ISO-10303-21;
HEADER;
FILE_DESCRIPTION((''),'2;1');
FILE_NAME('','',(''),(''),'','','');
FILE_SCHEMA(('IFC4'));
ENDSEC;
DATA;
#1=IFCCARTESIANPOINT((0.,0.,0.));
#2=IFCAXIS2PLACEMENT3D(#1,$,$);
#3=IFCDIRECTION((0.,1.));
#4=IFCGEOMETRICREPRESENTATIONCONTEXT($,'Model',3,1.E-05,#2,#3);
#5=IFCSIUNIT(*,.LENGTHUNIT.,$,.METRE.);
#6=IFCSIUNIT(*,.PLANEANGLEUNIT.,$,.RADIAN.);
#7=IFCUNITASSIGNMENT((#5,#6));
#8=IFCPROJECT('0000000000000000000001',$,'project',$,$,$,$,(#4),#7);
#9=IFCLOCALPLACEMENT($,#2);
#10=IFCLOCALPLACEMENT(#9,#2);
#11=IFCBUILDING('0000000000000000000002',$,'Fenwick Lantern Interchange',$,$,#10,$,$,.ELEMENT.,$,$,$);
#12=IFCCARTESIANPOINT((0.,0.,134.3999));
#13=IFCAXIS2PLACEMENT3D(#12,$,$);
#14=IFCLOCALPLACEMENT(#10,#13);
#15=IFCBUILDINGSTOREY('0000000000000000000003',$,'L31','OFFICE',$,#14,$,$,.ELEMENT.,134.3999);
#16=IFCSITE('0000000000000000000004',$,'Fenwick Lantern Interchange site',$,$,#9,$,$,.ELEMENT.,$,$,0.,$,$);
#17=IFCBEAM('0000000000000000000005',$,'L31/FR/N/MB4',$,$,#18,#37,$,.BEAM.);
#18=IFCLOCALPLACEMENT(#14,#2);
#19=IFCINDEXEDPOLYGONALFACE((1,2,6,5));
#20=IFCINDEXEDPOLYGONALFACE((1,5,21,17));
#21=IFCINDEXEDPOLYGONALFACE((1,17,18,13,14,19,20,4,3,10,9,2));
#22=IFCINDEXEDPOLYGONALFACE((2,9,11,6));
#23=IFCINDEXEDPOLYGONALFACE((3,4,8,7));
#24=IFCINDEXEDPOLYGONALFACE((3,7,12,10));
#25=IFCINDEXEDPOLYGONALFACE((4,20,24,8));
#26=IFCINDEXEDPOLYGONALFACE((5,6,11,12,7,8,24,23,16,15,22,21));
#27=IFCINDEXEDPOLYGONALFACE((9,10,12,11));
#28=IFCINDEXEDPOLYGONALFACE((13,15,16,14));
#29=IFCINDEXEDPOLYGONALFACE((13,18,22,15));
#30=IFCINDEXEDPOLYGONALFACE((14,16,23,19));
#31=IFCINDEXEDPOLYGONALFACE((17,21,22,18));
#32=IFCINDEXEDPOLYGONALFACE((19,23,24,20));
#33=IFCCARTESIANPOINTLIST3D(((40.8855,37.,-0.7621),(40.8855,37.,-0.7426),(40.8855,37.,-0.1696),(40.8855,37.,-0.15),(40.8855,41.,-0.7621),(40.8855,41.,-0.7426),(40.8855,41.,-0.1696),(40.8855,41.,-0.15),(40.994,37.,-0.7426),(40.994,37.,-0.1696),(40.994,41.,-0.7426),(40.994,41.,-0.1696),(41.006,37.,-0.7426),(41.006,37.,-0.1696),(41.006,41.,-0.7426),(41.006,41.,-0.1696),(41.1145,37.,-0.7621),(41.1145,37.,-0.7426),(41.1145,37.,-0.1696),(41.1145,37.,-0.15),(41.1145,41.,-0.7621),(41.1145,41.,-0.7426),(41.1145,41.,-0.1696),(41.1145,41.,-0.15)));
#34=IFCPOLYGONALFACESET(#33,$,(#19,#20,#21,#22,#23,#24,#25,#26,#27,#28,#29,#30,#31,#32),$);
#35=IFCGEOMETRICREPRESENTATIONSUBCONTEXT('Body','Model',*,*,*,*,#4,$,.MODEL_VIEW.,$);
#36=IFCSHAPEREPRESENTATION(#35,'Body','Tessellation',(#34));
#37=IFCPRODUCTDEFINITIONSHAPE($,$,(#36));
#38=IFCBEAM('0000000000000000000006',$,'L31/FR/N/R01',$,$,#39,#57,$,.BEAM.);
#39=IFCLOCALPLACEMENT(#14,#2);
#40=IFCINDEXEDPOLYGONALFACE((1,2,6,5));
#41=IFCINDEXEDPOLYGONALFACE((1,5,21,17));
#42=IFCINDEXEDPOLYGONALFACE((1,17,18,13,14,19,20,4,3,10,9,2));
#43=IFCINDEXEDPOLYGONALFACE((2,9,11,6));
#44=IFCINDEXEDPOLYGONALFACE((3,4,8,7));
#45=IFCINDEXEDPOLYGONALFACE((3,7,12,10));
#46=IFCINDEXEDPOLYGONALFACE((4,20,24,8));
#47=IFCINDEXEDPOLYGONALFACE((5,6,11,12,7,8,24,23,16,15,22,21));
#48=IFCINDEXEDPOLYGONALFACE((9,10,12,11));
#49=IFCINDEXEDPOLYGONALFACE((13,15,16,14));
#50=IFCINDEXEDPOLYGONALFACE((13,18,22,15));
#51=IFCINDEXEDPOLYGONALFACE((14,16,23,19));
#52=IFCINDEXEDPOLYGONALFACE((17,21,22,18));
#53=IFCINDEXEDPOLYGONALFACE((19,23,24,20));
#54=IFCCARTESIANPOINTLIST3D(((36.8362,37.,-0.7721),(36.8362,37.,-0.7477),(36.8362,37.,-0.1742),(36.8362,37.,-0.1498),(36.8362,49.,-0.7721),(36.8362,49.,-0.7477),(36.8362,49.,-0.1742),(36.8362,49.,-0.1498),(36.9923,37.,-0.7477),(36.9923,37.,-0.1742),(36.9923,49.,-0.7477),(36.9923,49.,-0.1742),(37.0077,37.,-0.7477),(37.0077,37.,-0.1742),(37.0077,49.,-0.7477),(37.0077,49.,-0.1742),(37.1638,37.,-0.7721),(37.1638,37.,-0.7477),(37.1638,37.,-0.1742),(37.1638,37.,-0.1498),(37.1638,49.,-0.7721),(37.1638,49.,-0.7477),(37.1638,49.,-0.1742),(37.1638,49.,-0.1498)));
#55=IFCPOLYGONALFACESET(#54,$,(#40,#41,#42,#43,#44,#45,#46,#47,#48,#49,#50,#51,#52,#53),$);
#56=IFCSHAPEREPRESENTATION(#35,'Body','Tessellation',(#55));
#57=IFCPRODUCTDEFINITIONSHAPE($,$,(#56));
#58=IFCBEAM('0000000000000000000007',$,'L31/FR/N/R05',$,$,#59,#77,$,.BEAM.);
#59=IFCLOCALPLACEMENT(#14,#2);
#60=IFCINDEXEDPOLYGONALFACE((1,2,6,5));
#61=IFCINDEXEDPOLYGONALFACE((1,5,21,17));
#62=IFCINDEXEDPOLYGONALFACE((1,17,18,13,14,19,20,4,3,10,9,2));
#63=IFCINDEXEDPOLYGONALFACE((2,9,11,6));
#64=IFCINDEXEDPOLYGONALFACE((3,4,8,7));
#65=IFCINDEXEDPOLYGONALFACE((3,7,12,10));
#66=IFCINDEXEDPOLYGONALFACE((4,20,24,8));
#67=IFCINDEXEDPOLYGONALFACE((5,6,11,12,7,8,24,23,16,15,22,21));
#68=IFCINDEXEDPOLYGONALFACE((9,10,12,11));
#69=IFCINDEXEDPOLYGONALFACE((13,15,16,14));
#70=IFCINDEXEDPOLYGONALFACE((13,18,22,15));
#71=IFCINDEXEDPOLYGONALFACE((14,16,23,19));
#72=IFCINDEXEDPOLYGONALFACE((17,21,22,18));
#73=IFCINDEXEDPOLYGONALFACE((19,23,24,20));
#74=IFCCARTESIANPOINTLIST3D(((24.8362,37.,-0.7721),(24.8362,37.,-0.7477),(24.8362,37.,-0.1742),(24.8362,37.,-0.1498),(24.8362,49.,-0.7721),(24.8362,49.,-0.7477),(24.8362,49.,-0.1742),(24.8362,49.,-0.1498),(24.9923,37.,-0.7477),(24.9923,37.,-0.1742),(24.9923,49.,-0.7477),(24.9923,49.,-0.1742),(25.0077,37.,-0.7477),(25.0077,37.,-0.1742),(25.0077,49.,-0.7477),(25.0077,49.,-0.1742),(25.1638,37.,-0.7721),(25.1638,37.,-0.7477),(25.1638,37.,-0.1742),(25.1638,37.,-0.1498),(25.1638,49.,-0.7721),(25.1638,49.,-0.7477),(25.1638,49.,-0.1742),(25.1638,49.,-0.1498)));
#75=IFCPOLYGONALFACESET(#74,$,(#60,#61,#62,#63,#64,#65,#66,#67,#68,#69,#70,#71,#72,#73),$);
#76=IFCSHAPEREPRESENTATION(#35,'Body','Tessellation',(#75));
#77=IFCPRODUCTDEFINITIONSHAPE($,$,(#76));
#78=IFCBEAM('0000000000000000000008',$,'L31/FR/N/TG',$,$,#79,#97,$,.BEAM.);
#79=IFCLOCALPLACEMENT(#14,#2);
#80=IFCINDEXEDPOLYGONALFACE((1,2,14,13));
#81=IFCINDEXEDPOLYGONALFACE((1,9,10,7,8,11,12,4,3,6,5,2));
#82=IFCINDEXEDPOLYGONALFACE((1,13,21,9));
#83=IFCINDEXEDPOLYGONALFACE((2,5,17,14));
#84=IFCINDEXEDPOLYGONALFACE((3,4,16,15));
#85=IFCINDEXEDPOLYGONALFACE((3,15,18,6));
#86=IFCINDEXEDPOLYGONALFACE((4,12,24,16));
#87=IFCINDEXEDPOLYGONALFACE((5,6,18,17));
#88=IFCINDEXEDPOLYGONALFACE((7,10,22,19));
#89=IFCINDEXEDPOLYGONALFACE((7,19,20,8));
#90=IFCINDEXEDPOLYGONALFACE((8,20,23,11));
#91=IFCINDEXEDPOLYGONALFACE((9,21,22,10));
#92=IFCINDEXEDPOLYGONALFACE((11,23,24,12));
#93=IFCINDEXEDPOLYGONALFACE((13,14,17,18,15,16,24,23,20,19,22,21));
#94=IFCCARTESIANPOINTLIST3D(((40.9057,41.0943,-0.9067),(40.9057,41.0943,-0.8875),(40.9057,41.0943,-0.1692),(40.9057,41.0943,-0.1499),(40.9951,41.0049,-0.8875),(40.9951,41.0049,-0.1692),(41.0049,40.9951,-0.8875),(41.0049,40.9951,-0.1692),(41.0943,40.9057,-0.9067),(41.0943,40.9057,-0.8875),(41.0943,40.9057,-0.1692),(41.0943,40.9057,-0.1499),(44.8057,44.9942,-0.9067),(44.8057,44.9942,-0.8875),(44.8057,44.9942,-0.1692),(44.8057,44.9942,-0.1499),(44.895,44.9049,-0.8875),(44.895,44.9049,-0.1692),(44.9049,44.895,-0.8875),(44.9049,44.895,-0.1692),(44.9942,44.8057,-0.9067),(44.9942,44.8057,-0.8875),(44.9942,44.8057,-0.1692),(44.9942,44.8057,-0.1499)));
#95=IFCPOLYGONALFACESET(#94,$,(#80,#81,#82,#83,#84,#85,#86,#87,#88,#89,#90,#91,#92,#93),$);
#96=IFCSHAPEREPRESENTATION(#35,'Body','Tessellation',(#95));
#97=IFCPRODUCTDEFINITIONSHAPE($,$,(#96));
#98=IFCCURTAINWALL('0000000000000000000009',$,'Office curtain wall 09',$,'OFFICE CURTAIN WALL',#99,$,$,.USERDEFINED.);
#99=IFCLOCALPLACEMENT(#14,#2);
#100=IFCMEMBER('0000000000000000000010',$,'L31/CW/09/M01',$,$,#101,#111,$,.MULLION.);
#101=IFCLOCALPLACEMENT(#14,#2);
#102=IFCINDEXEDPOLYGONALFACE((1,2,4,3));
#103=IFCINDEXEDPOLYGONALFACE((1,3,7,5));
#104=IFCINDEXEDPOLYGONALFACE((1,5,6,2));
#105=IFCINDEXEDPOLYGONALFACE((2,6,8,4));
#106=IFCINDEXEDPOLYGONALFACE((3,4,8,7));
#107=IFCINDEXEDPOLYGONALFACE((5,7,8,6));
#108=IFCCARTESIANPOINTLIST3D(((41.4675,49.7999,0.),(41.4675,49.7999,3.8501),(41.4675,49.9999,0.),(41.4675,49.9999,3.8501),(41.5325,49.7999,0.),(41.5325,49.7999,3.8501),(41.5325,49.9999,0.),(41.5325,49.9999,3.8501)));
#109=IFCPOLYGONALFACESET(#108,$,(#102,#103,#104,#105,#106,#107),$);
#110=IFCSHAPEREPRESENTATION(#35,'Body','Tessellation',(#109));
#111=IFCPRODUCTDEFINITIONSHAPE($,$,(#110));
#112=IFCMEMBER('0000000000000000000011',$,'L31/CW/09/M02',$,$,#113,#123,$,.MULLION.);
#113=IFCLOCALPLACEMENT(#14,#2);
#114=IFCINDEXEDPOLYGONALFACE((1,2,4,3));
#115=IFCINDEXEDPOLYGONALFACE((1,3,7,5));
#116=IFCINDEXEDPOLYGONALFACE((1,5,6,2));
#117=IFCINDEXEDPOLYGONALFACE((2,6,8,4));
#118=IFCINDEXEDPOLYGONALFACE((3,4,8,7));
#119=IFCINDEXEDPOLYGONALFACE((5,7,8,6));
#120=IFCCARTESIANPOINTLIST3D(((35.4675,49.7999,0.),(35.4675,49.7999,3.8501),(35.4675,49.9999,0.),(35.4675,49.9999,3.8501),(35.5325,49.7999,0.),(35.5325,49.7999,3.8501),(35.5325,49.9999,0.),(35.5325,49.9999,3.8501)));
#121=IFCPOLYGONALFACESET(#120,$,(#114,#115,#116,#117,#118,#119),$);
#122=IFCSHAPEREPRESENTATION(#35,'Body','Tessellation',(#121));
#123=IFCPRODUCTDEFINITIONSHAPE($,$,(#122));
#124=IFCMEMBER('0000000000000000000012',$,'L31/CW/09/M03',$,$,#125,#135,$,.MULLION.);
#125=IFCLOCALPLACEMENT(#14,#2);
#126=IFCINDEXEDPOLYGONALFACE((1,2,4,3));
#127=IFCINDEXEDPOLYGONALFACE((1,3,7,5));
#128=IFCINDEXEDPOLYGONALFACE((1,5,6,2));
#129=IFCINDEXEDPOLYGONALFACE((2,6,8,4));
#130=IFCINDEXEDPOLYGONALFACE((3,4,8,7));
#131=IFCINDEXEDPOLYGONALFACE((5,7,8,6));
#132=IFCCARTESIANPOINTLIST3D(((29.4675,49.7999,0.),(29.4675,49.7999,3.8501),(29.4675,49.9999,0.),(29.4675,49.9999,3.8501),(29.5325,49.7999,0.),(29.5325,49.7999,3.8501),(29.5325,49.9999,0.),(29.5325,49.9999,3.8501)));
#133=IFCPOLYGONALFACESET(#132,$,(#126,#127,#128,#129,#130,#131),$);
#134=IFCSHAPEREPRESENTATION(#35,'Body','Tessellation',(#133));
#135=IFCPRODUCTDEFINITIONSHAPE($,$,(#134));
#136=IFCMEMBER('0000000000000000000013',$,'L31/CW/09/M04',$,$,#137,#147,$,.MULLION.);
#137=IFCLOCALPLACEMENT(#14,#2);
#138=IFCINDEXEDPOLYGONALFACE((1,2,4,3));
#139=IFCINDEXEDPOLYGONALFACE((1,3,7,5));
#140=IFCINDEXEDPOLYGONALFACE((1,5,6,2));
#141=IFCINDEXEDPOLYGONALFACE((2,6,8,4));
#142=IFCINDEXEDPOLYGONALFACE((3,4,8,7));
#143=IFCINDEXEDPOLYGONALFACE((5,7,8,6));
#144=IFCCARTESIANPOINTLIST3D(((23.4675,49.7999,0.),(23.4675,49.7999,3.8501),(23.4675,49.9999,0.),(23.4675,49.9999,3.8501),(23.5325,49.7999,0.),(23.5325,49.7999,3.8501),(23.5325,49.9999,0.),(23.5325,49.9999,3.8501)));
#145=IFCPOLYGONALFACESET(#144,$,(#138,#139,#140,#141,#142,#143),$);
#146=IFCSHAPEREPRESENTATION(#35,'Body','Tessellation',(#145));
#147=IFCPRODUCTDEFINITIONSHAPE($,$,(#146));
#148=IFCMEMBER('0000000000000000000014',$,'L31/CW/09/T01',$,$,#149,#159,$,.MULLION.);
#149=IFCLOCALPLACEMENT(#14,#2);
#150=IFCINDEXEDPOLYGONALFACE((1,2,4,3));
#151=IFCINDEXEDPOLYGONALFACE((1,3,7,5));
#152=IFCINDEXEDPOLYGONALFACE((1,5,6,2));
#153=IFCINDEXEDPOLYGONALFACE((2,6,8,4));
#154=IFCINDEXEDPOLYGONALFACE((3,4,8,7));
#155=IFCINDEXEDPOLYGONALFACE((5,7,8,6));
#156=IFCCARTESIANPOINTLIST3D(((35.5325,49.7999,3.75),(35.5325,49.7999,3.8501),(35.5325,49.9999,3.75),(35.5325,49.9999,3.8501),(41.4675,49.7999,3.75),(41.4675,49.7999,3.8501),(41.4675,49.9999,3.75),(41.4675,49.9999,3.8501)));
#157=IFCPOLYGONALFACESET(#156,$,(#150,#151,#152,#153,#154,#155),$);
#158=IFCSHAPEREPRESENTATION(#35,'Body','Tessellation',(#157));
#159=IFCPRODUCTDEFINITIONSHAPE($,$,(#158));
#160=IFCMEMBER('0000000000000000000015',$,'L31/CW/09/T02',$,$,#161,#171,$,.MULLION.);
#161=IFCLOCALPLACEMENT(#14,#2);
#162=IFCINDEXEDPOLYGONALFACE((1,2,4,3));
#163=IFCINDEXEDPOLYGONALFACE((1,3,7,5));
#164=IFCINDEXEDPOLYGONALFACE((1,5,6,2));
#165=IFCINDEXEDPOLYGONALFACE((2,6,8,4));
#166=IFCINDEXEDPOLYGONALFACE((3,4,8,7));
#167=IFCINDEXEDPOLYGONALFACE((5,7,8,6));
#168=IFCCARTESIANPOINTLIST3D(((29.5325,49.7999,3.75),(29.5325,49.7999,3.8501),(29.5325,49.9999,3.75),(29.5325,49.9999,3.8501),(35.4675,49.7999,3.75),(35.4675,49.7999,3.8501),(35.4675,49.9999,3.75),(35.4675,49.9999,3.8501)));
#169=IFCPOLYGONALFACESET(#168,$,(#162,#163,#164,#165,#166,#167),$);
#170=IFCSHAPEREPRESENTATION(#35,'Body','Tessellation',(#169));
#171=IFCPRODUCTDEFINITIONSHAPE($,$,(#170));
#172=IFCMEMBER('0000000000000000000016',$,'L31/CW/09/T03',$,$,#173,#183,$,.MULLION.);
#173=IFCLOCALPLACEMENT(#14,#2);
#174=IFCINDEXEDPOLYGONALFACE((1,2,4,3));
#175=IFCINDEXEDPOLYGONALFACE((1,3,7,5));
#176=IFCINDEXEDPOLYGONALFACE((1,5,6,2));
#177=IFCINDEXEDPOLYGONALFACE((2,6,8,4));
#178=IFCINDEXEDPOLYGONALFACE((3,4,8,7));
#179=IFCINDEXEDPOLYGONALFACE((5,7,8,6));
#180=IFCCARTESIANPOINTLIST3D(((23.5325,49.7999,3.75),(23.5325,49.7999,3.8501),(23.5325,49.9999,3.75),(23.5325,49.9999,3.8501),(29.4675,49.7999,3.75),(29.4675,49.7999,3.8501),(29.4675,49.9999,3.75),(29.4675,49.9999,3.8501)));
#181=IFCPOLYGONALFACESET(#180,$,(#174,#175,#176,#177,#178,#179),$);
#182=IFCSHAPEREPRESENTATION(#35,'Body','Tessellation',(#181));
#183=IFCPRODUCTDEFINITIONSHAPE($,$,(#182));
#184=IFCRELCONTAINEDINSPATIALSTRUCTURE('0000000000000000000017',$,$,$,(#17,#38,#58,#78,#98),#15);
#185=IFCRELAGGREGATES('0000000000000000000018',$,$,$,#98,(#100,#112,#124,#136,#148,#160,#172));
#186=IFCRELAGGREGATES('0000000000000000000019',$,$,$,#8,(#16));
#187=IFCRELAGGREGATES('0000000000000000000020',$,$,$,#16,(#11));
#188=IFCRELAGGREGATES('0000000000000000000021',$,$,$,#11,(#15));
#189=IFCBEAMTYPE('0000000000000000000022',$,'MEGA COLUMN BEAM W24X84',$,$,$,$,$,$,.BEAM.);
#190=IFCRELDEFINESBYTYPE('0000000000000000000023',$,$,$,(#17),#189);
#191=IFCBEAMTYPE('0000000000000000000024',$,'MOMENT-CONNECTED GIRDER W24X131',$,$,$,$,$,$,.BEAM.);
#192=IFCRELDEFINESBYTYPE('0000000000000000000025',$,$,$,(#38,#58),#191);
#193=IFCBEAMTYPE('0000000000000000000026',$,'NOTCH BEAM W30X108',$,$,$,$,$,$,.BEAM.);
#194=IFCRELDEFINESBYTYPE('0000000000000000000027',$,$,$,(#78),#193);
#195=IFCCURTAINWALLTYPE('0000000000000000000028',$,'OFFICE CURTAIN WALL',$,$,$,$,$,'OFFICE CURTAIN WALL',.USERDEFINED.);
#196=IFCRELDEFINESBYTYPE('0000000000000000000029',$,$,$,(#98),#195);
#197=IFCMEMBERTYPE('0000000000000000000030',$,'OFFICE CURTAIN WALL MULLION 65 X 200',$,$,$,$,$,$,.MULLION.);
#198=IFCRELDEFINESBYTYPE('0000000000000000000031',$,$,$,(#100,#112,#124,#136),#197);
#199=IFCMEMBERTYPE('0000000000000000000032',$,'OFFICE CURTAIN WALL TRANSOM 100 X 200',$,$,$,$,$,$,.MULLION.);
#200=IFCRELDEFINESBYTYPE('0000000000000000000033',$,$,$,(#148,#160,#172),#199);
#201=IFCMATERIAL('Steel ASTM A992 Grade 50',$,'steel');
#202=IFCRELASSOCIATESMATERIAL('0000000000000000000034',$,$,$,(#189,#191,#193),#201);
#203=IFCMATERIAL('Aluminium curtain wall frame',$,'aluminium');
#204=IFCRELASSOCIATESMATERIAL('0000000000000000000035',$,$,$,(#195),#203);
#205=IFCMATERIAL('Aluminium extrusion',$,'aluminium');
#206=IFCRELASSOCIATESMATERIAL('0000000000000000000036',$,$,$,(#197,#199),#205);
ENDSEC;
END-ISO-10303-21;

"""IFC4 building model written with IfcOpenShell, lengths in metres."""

from ifc_helpers import new_model, si_unit, direction, frame, origin, origin_2d, place, context, subcontext, project, spatial, rectangle, i_section, extrude, material, material_profile, profile_set, type_object, element, aggregate, save


model = new_model("IFC4")

# Units and contexts
model_context = context("Model", 3, precision=1e-05, world=origin(), true_north=direction((0.0, 1.0)))
body_context = subcontext(model_context, "Body", "Model", "MODEL_VIEW")
ifc_project = project(units=[si_unit("LENGTHUNIT", "METRE"), si_unit("PLANEANGLEUNIT", "RADIAN")], contexts=[model_context])

# Site, building, storey
site_placement = place(None, origin())
site = spatial("IfcSite", under=ifc_project, at=site_placement, Name="Fenwick Lantern Interchange site", CompositionType="ELEMENT", RefElevation=0.0)
building_placement = place(site_placement, origin())
building = spatial("IfcBuilding", under=site, at=building_placement, Name="Fenwick Lantern Interchange", CompositionType="ELEMENT")
storey_placement = place(building_placement, frame((0.0, 0.0, 134.3999)))
storey = spatial("IfcBuildingStorey", under=building, at=storey_placement, Name="L31", Description="OFFICE", CompositionType="ELEMENT", Elevation=134.3999)

# Beams
ifc_material_1 = material(Name="Steel ASTM A992 Grade 50", Category="steel")
ifc_material_profile_1 = material_profile(ifc_material_1, i_section(OverallWidth=0.229, OverallDepth=0.6121, WebThickness=0.012, FlangeThickness=0.0195, at=origin_2d()), Name="W24X84")
ifc_profile_set_1 = profile_set([ifc_material_profile_1], Name="Steel ASTM A992 Grade 50")
beam_type_1 = type_object("IfcBeamType", Name="MEGA COLUMN BEAM W24X84", PredefinedType="BEAM", material=ifc_profile_set_1)
beam_1_placement = place(storey_placement, frame((41.0, 41.0, -0.4561), z_axis=(0.0, -1.0, 0.0), x_axis=(1.0, 0.0, 0.0)))
element("IfcBeam", 1, at=beam_1_placement, inside=storey, type_object=beam_type_1, Name="L31/FR/N/MB4", PredefinedType="BEAM", context=body_context, shape_type="SweptSolid", body=[
    extrude(i_section(OverallWidth=0.229, OverallDepth=0.6121, WebThickness=0.012, FlangeThickness=0.0195, at=origin_2d()), origin(), (0.0, 0.0, 1.0), 4.0),
])
ifc_material_profile_2 = material_profile(ifc_material_1, i_section(OverallWidth=0.3276, OverallDepth=0.6223, WebThickness=0.0154, FlangeThickness=0.0244, at=origin_2d()), Name="W24X131")
ifc_profile_set_2 = profile_set([ifc_material_profile_2], Name="Steel ASTM A992 Grade 50")
beam_type_2 = type_object("IfcBeamType", Name="MOMENT-CONNECTED GIRDER W24X131", PredefinedType="BEAM", material=ifc_profile_set_2)
for number, where, z_axis, x_axis, name in (
    (2, (37.0, 49.0, -0.4609), (0.0, -1.0, 0.0), (1.0, 0.0, 0.0), "L31/FR/N/R01"),
    (3, (25.0, 49.0, -0.4609), (0.0, -1.0, 0.0), (1.0, 0.0, 0.0), "L31/FR/N/R05"),
):
    element("IfcBeam", number, at=place(storey_placement, frame(where, z_axis=z_axis, x_axis=x_axis)), inside=storey, type_object=beam_type_2, Name=name, PredefinedType="BEAM", context=body_context, shape_type="SweptSolid", body=[
        extrude(i_section(OverallWidth=0.3276, OverallDepth=0.6223, WebThickness=0.0154, FlangeThickness=0.0244, at=origin_2d()), origin(), (0.0, 0.0, 1.0), 12.0),
    ])
ifc_material_profile_3 = material_profile(ifc_material_1, i_section(OverallWidth=0.2666, OverallDepth=0.7568, WebThickness=0.0139, FlangeThickness=0.0193, at=origin_2d()), Name="W30X108")
ifc_profile_set_3 = profile_set([ifc_material_profile_3], Name="Steel ASTM A992 Grade 50")
beam_type_3 = type_object("IfcBeamType", Name="NOTCH BEAM W30X108", PredefinedType="BEAM", material=ifc_profile_set_3)
beam_2_placement = place(storey_placement, frame((41.0, 41.0, -0.5283), z_axis=(0.707107, 0.707107, 0.0), x_axis=(-0.707107, 0.707107, 0.0)))
element("IfcBeam", 4, at=beam_2_placement, inside=storey, type_object=beam_type_3, Name="L31/FR/N/TG", PredefinedType="BEAM", context=body_context, shape_type="SweptSolid", body=[
    extrude(i_section(OverallWidth=0.2666, OverallDepth=0.7568, WebThickness=0.0139, FlangeThickness=0.0193, at=origin_2d()), origin(), (0.0, 0.0, 1.0), 5.5154),
])

# Curtain wall, members
ifc_material_2 = material(Name="Aluminium curtain wall frame", Category="aluminium")
curtain_wall_type = type_object("IfcCurtainWallType", Name="OFFICE CURTAIN WALL", ElementType="OFFICE CURTAIN WALL", PredefinedType="USERDEFINED", material=ifc_material_2)
curtain_wall_placement = place(storey_placement, origin())
curtain_wall = element("IfcCurtainWall", 5, at=curtain_wall_placement, inside=storey, type_object=curtain_wall_type, Name="Office curtain wall 09", ObjectType="OFFICE CURTAIN WALL", PredefinedType="USERDEFINED")
ifc_material_3 = material(Name="Aluminium extrusion", Category="aluminium")
ifc_material_profile_4 = material_profile(ifc_material_3, rectangle(XDim=0.2, YDim=0.0649, at=origin_2d()), Name="OFFICE CURTAIN WALL MULLION 65 X 200")
ifc_profile_set_4 = profile_set([ifc_material_profile_4], Name="Aluminium extrusion")
member_type_1 = type_object("IfcMemberType", Name="OFFICE CURTAIN WALL MULLION 65 X 200", PredefinedType="MULLION", material=ifc_profile_set_4)
member_1_placement = place(storey_placement, frame((41.5, 49.8999, 0.0), z_axis=(0.0, 0.0, 1.0), x_axis=(0.0, -1.0, 0.0)))
member_1 = element("IfcMember", 6, at=member_1_placement, type_object=member_type_1, Name="L31/CW/09/M01", PredefinedType="MULLION", context=body_context, shape_type="SweptSolid", body=[
    extrude(rectangle(XDim=0.2, YDim=0.0649, at=origin_2d()), origin(), (0.0, 0.0, 1.0), 3.8501),
])
member_2_placement = place(storey_placement, frame((35.5, 49.8999, 0.0), z_axis=(0.0, 0.0, 1.0), x_axis=(0.0, -1.0, 0.0)))
member_2 = element("IfcMember", 7, at=member_2_placement, type_object=member_type_1, Name="L31/CW/09/M02", PredefinedType="MULLION", context=body_context, shape_type="SweptSolid", body=[
    extrude(rectangle(XDim=0.2, YDim=0.0649, at=origin_2d()), origin(), (0.0, 0.0, 1.0), 3.8501),
])
member_3_placement = place(storey_placement, frame((29.5, 49.8999, 0.0), z_axis=(0.0, 0.0, 1.0), x_axis=(0.0, -1.0, 0.0)))
member_3 = element("IfcMember", 8, at=member_3_placement, type_object=member_type_1, Name="L31/CW/09/M03", PredefinedType="MULLION", context=body_context, shape_type="SweptSolid", body=[
    extrude(rectangle(XDim=0.2, YDim=0.0649, at=origin_2d()), origin(), (0.0, 0.0, 1.0), 3.8501),
])
member_4_placement = place(storey_placement, frame((23.5, 49.8999, 0.0), z_axis=(0.0, 0.0, 1.0), x_axis=(0.0, -1.0, 0.0)))
member_4 = element("IfcMember", 9, at=member_4_placement, type_object=member_type_1, Name="L31/CW/09/M04", PredefinedType="MULLION", context=body_context, shape_type="SweptSolid", body=[
    extrude(rectangle(XDim=0.2, YDim=0.0649, at=origin_2d()), origin(), (0.0, 0.0, 1.0), 3.8501),
])
ifc_material_profile_5 = material_profile(ifc_material_3, rectangle(XDim=0.2, YDim=0.1001, at=origin_2d()), Name="OFFICE CURTAIN WALL TRANSOM 100 X 200")
ifc_profile_set_5 = profile_set([ifc_material_profile_5], Name="Aluminium extrusion")
member_type_2 = type_object("IfcMemberType", Name="OFFICE CURTAIN WALL TRANSOM 100 X 200", PredefinedType="MULLION", material=ifc_profile_set_5)
member_5_placement = place(storey_placement, frame((41.4675, 49.8999, 3.8), z_axis=(-1.0, 0.0, 0.0), x_axis=(0.0, -1.0, 0.0)))
member_5 = element("IfcMember", 10, at=member_5_placement, type_object=member_type_2, Name="L31/CW/09/T01", PredefinedType="MULLION", context=body_context, shape_type="SweptSolid", body=[
    extrude(rectangle(XDim=0.2, YDim=0.1001, at=origin_2d()), origin(), (0.0, 0.0, 1.0), 5.9351),
])
member_6_placement = place(storey_placement, frame((35.4675, 49.8999, 3.8), z_axis=(-1.0, 0.0, 0.0), x_axis=(0.0, -1.0, 0.0)))
member_6 = element("IfcMember", 11, at=member_6_placement, type_object=member_type_2, Name="L31/CW/09/T02", PredefinedType="MULLION", context=body_context, shape_type="SweptSolid", body=[
    extrude(rectangle(XDim=0.2, YDim=0.1001, at=origin_2d()), origin(), (0.0, 0.0, 1.0), 5.9351),
])
member_7_placement = place(storey_placement, frame((29.4675, 49.8999, 3.8), z_axis=(-1.0, 0.0, 0.0), x_axis=(0.0, -1.0, 0.0)))
member_7 = element("IfcMember", 12, at=member_7_placement, type_object=member_type_2, Name="L31/CW/09/T03", PredefinedType="MULLION", context=body_context, shape_type="SweptSolid", body=[
    extrude(rectangle(XDim=0.2, YDim=0.1001, at=origin_2d()), origin(), (0.0, 0.0, 1.0), 5.9351),
])
aggregate(curtain_wall, [member_1, member_2, member_3, member_4, member_5, member_6, member_7])

save(model, "model.ifc")
